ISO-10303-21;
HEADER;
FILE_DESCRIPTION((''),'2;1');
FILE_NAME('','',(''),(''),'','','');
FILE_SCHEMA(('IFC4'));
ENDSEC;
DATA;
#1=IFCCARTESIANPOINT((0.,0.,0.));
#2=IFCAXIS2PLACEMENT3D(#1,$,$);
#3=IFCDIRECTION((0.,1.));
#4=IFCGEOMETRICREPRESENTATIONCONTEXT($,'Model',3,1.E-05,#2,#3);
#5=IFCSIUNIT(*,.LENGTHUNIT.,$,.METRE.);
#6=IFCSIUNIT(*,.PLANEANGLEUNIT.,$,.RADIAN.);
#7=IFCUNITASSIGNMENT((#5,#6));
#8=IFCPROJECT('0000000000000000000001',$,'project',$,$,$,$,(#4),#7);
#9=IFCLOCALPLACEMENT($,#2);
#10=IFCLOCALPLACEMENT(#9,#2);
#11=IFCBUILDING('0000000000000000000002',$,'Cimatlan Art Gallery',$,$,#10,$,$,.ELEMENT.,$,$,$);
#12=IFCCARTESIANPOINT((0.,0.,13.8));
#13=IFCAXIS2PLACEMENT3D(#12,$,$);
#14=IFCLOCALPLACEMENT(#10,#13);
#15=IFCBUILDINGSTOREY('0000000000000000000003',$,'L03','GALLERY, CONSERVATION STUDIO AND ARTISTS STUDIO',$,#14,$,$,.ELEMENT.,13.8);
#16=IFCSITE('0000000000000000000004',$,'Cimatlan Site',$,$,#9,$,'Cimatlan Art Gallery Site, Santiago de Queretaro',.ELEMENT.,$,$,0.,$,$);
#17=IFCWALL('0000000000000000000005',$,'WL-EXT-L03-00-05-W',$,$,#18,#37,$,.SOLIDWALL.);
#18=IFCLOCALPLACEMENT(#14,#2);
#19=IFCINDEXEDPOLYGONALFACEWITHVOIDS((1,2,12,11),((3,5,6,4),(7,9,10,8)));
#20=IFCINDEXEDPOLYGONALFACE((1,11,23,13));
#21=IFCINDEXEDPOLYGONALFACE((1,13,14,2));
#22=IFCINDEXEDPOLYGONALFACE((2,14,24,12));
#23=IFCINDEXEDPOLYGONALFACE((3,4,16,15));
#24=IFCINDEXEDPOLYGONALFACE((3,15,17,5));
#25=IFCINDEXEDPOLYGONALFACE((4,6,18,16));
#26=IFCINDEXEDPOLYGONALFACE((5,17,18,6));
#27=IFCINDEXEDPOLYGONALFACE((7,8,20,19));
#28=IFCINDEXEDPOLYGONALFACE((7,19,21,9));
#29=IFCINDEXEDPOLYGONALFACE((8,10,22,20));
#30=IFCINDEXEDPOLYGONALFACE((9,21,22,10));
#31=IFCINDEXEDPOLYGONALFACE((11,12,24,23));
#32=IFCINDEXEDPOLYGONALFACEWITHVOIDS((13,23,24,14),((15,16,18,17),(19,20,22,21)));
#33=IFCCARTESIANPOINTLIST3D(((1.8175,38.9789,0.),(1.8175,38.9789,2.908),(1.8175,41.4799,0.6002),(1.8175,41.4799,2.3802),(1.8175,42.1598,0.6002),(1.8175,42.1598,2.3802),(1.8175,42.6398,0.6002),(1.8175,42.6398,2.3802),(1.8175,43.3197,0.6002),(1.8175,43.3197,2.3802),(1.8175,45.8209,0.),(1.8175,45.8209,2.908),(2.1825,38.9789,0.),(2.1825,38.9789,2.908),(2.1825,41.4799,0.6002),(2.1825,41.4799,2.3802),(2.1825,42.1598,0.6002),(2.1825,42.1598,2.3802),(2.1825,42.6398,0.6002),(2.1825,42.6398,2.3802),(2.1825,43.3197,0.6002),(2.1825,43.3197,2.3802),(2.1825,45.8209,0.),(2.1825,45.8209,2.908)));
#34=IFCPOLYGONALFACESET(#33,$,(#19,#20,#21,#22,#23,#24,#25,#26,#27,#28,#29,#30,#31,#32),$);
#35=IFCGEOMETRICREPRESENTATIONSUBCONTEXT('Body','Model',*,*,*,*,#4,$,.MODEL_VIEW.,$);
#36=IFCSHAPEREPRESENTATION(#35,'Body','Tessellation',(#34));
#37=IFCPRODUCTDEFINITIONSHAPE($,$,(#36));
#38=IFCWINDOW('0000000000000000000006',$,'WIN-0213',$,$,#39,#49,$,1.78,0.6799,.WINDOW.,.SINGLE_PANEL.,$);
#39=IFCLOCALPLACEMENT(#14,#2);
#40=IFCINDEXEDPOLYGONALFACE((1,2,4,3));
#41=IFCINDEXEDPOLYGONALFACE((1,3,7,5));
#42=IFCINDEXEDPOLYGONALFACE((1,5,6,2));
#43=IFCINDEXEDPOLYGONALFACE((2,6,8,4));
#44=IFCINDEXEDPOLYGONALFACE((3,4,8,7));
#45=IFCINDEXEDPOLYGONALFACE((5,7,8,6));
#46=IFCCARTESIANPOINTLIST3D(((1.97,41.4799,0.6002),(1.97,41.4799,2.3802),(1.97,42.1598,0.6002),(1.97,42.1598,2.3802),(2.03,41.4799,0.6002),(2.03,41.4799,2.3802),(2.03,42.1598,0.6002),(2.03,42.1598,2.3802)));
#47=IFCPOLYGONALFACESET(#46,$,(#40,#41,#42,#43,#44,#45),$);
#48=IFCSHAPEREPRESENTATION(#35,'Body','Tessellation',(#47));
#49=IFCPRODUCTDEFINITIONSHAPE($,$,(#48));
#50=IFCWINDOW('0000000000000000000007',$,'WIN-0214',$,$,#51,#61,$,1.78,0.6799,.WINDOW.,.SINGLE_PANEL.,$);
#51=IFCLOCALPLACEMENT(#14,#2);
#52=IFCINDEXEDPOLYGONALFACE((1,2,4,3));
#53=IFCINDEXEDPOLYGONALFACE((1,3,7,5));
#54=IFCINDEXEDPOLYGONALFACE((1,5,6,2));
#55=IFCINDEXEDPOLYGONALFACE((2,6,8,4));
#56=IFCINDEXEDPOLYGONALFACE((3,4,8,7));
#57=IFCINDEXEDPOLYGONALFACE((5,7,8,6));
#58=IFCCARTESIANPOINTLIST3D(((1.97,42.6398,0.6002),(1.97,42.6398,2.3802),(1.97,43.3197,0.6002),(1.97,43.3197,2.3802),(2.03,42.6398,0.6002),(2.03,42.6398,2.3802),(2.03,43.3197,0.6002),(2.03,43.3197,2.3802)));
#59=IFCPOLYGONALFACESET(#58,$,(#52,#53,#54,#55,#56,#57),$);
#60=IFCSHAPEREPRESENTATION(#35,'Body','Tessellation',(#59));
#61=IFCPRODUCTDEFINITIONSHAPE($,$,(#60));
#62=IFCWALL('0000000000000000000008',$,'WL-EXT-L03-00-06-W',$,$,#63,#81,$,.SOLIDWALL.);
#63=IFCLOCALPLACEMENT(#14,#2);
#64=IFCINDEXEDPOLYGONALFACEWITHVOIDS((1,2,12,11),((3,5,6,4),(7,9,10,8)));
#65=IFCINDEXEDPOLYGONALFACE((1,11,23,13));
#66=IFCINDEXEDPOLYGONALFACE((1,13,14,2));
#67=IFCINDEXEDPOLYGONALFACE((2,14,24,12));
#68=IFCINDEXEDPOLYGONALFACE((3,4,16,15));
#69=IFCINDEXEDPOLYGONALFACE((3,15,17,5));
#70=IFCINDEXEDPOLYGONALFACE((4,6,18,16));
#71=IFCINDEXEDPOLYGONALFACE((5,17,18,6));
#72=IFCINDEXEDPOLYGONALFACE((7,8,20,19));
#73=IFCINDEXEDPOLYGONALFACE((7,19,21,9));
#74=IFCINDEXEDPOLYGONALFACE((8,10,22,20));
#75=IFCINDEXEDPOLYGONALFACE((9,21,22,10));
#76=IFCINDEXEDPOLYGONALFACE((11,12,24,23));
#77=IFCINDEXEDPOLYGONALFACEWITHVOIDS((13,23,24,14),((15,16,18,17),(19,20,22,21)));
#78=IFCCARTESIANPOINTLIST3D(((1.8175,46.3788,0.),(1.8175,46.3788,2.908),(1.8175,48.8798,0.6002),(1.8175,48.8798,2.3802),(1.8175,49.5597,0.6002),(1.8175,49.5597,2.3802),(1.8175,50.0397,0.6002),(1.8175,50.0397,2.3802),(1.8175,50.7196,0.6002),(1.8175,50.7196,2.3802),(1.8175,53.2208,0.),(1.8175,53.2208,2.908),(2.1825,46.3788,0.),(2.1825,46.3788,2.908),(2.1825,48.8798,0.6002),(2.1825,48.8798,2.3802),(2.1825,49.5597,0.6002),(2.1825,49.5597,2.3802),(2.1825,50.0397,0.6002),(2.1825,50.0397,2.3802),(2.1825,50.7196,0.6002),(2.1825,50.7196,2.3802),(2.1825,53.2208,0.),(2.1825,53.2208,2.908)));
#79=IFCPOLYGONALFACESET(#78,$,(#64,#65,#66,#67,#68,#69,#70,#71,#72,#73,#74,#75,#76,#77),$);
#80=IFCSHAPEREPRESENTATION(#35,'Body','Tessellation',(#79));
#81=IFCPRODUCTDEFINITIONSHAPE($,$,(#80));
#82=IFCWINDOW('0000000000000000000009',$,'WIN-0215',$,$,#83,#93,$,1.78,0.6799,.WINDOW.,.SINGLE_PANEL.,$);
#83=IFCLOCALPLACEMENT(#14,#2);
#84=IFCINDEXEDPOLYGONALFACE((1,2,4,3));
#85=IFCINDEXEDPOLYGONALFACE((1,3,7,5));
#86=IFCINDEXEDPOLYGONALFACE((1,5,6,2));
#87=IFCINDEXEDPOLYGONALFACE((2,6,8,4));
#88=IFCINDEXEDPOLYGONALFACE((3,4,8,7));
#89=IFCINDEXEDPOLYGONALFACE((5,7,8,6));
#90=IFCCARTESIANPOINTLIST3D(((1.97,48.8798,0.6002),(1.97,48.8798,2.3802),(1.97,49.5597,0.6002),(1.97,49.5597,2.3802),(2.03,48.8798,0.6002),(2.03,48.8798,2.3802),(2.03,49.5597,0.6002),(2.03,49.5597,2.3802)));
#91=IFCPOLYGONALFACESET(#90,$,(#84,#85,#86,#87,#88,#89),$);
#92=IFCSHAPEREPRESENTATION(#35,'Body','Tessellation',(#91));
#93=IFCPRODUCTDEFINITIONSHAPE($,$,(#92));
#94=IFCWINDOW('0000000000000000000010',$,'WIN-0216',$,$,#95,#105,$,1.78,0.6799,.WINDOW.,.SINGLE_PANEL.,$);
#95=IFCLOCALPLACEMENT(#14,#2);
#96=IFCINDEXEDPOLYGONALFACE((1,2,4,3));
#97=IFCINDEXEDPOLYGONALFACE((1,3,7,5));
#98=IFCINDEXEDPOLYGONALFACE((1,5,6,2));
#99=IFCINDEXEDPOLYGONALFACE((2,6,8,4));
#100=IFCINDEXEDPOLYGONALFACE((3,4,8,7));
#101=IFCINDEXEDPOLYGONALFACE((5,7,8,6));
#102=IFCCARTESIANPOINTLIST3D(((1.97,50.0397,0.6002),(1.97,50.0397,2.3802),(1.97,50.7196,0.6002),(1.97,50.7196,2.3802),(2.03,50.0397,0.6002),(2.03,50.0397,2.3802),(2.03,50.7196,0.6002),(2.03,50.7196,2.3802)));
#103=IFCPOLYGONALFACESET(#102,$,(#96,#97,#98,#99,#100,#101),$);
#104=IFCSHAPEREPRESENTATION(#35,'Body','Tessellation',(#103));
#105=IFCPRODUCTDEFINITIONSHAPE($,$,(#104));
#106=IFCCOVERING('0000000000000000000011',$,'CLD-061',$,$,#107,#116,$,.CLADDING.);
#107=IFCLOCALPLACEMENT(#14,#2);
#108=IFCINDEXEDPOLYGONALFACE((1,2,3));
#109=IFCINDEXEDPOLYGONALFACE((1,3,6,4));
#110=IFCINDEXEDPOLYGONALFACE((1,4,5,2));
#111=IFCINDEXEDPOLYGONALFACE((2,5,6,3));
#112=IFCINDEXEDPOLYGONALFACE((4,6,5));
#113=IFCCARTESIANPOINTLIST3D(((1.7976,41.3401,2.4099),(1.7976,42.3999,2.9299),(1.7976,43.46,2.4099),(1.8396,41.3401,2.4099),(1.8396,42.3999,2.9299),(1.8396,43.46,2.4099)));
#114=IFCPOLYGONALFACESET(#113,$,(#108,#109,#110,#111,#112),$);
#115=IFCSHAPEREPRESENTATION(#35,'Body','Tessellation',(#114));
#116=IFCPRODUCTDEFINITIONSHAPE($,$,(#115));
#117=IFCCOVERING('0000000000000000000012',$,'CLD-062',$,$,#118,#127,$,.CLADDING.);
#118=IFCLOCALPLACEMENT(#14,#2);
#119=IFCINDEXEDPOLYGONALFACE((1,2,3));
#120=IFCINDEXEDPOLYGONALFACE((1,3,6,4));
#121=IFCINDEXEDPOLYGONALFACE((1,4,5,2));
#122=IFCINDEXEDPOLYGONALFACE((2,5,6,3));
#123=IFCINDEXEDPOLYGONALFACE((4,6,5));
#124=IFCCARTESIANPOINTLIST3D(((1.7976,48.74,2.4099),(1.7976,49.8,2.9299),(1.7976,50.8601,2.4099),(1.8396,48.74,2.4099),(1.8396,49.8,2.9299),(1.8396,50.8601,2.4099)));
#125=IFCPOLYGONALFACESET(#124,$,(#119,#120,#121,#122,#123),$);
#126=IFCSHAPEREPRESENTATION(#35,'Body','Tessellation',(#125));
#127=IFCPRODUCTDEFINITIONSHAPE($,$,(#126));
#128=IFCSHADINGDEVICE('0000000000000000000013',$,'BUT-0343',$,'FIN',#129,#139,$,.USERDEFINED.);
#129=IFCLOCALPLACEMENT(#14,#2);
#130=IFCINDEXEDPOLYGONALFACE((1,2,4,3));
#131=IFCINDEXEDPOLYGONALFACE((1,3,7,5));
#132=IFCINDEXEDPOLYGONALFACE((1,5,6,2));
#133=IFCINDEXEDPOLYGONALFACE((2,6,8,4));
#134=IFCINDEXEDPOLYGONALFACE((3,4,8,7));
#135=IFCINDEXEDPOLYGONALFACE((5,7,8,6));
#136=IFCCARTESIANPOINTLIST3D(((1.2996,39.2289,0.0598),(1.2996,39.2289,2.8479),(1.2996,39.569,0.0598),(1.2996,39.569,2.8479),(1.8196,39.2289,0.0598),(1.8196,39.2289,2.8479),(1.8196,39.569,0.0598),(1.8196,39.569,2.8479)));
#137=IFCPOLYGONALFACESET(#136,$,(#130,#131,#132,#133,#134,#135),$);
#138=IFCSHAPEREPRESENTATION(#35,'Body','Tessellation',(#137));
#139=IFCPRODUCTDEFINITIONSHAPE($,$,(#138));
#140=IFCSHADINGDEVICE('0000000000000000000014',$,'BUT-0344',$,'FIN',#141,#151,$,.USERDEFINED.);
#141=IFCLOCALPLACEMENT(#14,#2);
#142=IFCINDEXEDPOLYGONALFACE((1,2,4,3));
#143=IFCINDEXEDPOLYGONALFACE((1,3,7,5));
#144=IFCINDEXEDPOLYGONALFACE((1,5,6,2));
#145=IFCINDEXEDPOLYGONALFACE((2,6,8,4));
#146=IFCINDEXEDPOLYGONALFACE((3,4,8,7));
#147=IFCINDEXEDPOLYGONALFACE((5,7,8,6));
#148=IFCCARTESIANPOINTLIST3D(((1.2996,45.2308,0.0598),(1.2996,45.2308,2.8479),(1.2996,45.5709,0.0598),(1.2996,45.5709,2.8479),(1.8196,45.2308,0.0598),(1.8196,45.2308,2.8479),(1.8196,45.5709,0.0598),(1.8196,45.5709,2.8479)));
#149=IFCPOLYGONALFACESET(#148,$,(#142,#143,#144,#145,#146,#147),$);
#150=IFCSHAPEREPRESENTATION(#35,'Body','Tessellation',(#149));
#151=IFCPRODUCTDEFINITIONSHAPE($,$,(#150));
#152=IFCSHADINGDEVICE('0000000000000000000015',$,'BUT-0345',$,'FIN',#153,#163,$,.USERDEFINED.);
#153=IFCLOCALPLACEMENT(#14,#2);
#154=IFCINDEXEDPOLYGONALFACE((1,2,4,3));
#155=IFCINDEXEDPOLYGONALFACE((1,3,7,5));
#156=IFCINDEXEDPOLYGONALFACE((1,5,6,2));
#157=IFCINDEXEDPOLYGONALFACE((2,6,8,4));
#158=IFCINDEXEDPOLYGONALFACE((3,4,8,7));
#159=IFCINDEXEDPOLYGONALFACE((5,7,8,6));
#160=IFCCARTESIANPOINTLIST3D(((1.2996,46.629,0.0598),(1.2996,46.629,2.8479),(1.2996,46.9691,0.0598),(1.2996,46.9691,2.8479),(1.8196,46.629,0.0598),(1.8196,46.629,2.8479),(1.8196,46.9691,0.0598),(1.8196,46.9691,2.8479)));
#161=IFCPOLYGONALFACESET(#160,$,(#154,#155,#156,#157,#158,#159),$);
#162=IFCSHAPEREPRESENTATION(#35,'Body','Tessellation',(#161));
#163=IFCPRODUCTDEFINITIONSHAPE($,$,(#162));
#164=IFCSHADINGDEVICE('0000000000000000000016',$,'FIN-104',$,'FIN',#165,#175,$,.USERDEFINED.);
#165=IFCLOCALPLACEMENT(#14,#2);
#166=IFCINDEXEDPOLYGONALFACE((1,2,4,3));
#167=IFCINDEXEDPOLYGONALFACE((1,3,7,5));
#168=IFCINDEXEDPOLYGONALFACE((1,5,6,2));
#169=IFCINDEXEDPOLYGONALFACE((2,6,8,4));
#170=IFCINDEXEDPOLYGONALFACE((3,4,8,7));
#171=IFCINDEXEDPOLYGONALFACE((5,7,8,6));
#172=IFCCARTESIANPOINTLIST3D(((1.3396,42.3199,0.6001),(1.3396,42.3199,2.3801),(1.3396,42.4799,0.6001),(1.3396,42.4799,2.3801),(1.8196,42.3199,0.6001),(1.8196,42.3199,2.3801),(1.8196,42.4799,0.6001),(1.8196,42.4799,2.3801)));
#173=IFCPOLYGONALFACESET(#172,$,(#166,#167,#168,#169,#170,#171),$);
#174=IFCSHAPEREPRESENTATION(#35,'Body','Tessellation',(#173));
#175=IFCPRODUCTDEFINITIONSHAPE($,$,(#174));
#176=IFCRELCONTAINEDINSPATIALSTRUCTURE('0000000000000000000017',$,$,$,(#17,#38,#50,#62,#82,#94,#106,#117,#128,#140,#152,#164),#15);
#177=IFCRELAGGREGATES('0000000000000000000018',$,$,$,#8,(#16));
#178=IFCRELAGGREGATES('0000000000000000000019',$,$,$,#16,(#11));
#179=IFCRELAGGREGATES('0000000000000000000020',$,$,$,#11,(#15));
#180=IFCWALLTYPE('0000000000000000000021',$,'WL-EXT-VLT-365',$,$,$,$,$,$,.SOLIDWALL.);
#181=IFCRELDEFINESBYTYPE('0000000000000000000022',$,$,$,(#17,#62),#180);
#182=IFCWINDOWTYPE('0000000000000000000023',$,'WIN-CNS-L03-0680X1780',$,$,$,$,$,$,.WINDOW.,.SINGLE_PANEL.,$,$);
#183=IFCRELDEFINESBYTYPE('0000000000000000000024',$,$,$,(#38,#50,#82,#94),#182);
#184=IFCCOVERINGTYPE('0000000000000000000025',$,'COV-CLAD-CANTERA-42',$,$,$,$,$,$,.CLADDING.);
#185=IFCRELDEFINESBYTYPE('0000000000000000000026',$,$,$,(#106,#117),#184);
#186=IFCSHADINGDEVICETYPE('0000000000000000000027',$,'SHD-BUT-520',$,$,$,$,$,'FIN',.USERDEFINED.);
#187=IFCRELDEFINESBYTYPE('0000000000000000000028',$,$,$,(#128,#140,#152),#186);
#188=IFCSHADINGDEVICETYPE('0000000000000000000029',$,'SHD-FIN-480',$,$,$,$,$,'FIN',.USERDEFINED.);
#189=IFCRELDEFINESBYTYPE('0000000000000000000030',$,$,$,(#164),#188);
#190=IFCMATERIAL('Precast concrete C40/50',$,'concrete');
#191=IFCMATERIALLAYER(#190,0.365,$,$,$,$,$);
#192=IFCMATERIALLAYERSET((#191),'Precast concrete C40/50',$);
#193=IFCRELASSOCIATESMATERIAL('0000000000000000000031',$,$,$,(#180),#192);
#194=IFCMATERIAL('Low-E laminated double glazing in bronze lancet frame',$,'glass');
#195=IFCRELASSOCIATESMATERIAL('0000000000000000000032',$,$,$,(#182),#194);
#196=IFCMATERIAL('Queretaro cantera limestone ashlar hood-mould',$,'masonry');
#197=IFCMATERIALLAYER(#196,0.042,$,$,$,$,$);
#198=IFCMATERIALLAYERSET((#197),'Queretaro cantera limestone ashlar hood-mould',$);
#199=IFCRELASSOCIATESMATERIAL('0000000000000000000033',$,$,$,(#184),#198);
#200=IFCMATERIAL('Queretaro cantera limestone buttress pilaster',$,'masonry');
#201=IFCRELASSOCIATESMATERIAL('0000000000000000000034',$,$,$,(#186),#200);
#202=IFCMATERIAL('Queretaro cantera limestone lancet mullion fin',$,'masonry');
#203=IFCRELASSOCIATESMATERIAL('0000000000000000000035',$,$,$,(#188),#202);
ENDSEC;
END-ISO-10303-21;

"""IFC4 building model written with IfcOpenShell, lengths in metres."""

from ifc_helpers import new_model, si_unit, direction, frame, frame_2d, origin, origin_2d, place, context, subcontext, project, spatial, polyline, rectangle, outline, extrude, material, layer, layer_set, type_object, element, fill, save


model = new_model("IFC4")

# Units and contexts
model_context = context("Model", 3, precision=1e-05, world=origin(), true_north=direction((0.0, 1.0)))
body_context = subcontext(model_context, "Body", "Model", "MODEL_VIEW")
ifc_project = project(units=[si_unit("LENGTHUNIT", "METRE"), si_unit("PLANEANGLEUNIT", "RADIAN")], contexts=[model_context])

# Site, building, storey
site_placement = place(None, origin())
site = spatial("IfcSite", under=ifc_project, at=site_placement, Name="Cimatlan Site", LongName="Cimatlan Art Gallery Site, Santiago de Queretaro", CompositionType="ELEMENT", RefElevation=0.0)
building_placement = place(site_placement, origin())
building = spatial("IfcBuilding", under=site, at=building_placement, Name="Cimatlan Art Gallery", CompositionType="ELEMENT")
storey_placement = place(building_placement, frame((0.0, 0.0, 13.8)))
storey = spatial("IfcBuildingStorey", under=building, at=storey_placement, Name="L03", Description="GALLERY, CONSERVATION STUDIO AND ARTISTS STUDIO", CompositionType="ELEMENT", Elevation=13.8)

# Walls, openings, windows
ifc_material_1 = material(Name="Precast concrete C40/50", Category="concrete")
ifc_layer_1 = layer(ifc_material_1, 0.365)
ifc_layer_set_1 = layer_set([ifc_layer_1], Name="Precast concrete C40/50")
wall_type_1 = type_object("IfcWallType", Name="WL-EXT-VLT-365", PredefinedType="SOLIDWALL", material=ifc_layer_set_1)
wall_1_placement = place(storey_placement, frame((2.0, 38.979, 0.0), z_axis=(0.0, 0.0, 1.0), x_axis=(0.0, 1.0, 0.0)))
wall_1 = element("IfcWall", 1, at=wall_1_placement, inside=storey, type_object=wall_type_1, Name="WL-EXT-L03-00-05-W", PredefinedType="SOLIDWALL", context=body_context, shape_type="SweptSolid", body=[
    extrude(rectangle(XDim=6.842, YDim=0.365, at=frame_2d((3.4209, 0.0))), origin(), (0.0, 0.0, 1.0), 2.908),
])
opening_1_placement = place(wall_1_placement, frame((2.501, 0.0, 0.6001)))
opening_1 = element("IfcOpeningElement", 2, at=opening_1_placement, cuts=wall_1, PredefinedType="OPENING", context=body_context, shape_type="SweptSolid", body=[
    extrude(rectangle(XDim=0.6799, YDim=1.78, at=frame_2d((0.3398, 0.8901))), frame((0.0, 0.1924, 0.0), z_axis=(0.0, -1.0, 0.0), x_axis=(1.0, 0.0, 0.0)), (0.0, 0.0, 1.0), 0.385),
])
opening_2_placement = place(wall_1_placement, frame((3.6609, 0.0, 0.6001)))
opening_2 = element("IfcOpeningElement", 3, at=opening_2_placement, cuts=wall_1, PredefinedType="OPENING", context=body_context, shape_type="SweptSolid", body=[
    extrude(rectangle(XDim=0.6799, YDim=1.78, at=frame_2d((0.3398, 0.8901))), frame((0.0, 0.1924, 0.0), z_axis=(0.0, -1.0, 0.0), x_axis=(1.0, 0.0, 0.0)), (0.0, 0.0, 1.0), 0.385),
])
ifc_material_2 = material(Name="Low-E laminated double glazing in bronze lancet frame", Category="glass")
window_type = type_object("IfcWindowType", Name="WIN-CNS-L03-0680X1780", PartitioningType="SINGLE_PANEL", PredefinedType="WINDOW", material=ifc_material_2)
window_1_placement = place(opening_1_placement, origin())
window_1 = element("IfcWindow", 4, at=window_1_placement, inside=storey, type_object=window_type, Name="WIN-0213", OverallHeight=1.78, OverallWidth=0.6799, PartitioningType="SINGLE_PANEL", PredefinedType="WINDOW", context=body_context, shape_type="SweptSolid", body=[
    extrude(rectangle(XDim=0.6799, YDim=1.78, at=frame_2d((0.3398, 0.8901))), frame((0.0, 0.03, 0.0), z_axis=(0.0, -1.0, 0.0), x_axis=(1.0, 0.0, 0.0)), (0.0, 0.0, 1.0), 0.0601),
])
fill(opening_1, window_1)
window_2_placement = place(opening_2_placement, origin())
window_2 = element("IfcWindow", 5, at=window_2_placement, inside=storey, type_object=window_type, Name="WIN-0214", OverallHeight=1.78, OverallWidth=0.6799, PartitioningType="SINGLE_PANEL", PredefinedType="WINDOW", context=body_context, shape_type="SweptSolid", body=[
    extrude(rectangle(XDim=0.6799, YDim=1.78, at=frame_2d((0.3398, 0.8901))), frame((0.0, 0.03, 0.0), z_axis=(0.0, -1.0, 0.0), x_axis=(1.0, 0.0, 0.0)), (0.0, 0.0, 1.0), 0.0601),
])
fill(opening_2, window_2)
wall_2_placement = place(storey_placement, frame((2.0, 46.3789, 0.0), z_axis=(0.0, 0.0, 1.0), x_axis=(0.0, 1.0, 0.0)))
wall_2 = element("IfcWall", 6, at=wall_2_placement, inside=storey, type_object=wall_type_1, Name="WL-EXT-L03-00-06-W", PredefinedType="SOLIDWALL", context=body_context, shape_type="SweptSolid", body=[
    extrude(rectangle(XDim=6.842, YDim=0.365, at=frame_2d((3.4209, 0.0))), origin(), (0.0, 0.0, 1.0), 2.908),
])
opening_3_placement = place(wall_2_placement, frame((2.501, 0.0, 0.6001)))
opening_3 = element("IfcOpeningElement", 7, at=opening_3_placement, cuts=wall_2, PredefinedType="OPENING", context=body_context, shape_type="SweptSolid", body=[
    extrude(rectangle(XDim=0.6799, YDim=1.78, at=frame_2d((0.3398, 0.8901))), frame((0.0, 0.1924, 0.0), z_axis=(0.0, -1.0, 0.0), x_axis=(1.0, 0.0, 0.0)), (0.0, 0.0, 1.0), 0.385),
])
opening_4_placement = place(wall_2_placement, frame((3.6609, 0.0, 0.6001)))
opening_4 = element("IfcOpeningElement", 8, at=opening_4_placement, cuts=wall_2, PredefinedType="OPENING", context=body_context, shape_type="SweptSolid", body=[
    extrude(rectangle(XDim=0.6799, YDim=1.78, at=frame_2d((0.3398, 0.8901))), frame((0.0, 0.1924, 0.0), z_axis=(0.0, -1.0, 0.0), x_axis=(1.0, 0.0, 0.0)), (0.0, 0.0, 1.0), 0.385),
])
window_3_placement = place(opening_3_placement, origin())
window_3 = element("IfcWindow", 9, at=window_3_placement, inside=storey, type_object=window_type, Name="WIN-0215", OverallHeight=1.78, OverallWidth=0.6799, PartitioningType="SINGLE_PANEL", PredefinedType="WINDOW", context=body_context, shape_type="SweptSolid", body=[
    extrude(rectangle(XDim=0.6799, YDim=1.78, at=frame_2d((0.3398, 0.8901))), frame((0.0, 0.03, 0.0), z_axis=(0.0, -1.0, 0.0), x_axis=(1.0, 0.0, 0.0)), (0.0, 0.0, 1.0), 0.0601),
])
fill(opening_3, window_3)
window_4_placement = place(opening_4_placement, origin())
window_4 = element("IfcWindow", 10, at=window_4_placement, inside=storey, type_object=window_type, Name="WIN-0216", OverallHeight=1.78, OverallWidth=0.6799, PartitioningType="SINGLE_PANEL", PredefinedType="WINDOW", context=body_context, shape_type="SweptSolid", body=[
    extrude(rectangle(XDim=0.6799, YDim=1.78, at=frame_2d((0.3398, 0.8901))), frame((0.0, 0.03, 0.0), z_axis=(0.0, -1.0, 0.0), x_axis=(1.0, 0.0, 0.0)), (0.0, 0.0, 1.0), 0.0601),
])
fill(opening_4, window_4)

# Coverings
ifc_material_3 = material(Name="Queretaro cantera limestone ashlar hood-mould", Category="masonry")
ifc_layer_2 = layer(ifc_material_3, 0.042)
ifc_layer_set_2 = layer_set([ifc_layer_2], Name="Queretaro cantera limestone ashlar hood-mould")
covering_type = type_object("IfcCoveringType", Name="COV-CLAD-CANTERA-42", PredefinedType="CLADDING", material=ifc_layer_set_2)
covering_1_placement = place(storey_placement, frame((1.8396, 41.3401, 2.4099), z_axis=(1.0, 0.0, 0.0), x_axis=(0.0, 1.0, 0.0)))
element("IfcCovering", 11, at=covering_1_placement, inside=storey, type_object=covering_type, Name="CLD-061", PredefinedType="CLADDING", context=body_context, shape_type="SweptSolid", body=[
    extrude(outline(polyline([(0.0, 0.0), (2.1199, 0.0), (1.0598, 0.52), (0.0, 0.0)])), origin(), (0.0, 0.0, -1.0), 0.042),
])
covering_2_placement = place(storey_placement, frame((1.8396, 48.74, 2.4099), z_axis=(1.0, 0.0, 0.0), x_axis=(0.0, 1.0, 0.0)))
element("IfcCovering", 12, at=covering_2_placement, inside=storey, type_object=covering_type, Name="CLD-062", PredefinedType="CLADDING", context=body_context, shape_type="SweptSolid", body=[
    extrude(outline(polyline([(0.0, 0.0), (2.1201, 0.0), (1.0601, 0.52), (0.0, 0.0)])), origin(), (0.0, 0.0, -1.0), 0.042),
])

# Shading devices
ifc_material_4 = material(Name="Queretaro cantera limestone buttress pilaster", Category="masonry")
shading_device_type_1 = type_object("IfcShadingDeviceType", Name="SHD-BUT-520", ElementType="FIN", PredefinedType="USERDEFINED", material=ifc_material_4)
for number, where, z_axis, x_axis, name in (
    (13, (1.5596, 39.3989, 0.0598), (0.0, 0.0, 1.0), (0.0, 1.0, 0.0), "BUT-0343"),
    (14, (1.5596, 45.4009, 0.0598), (0.0, 0.0, 1.0), (0.0, 1.0, 0.0), "BUT-0344"),
    (15, (1.5596, 46.7991, 0.0598), (0.0, 0.0, 1.0), (0.0, 1.0, 0.0), "BUT-0345"),
):
    element("IfcShadingDevice", number, at=place(storey_placement, frame(where, z_axis=z_axis, x_axis=x_axis)), inside=storey, type_object=shading_device_type_1, Name=name, ObjectType="FIN", PredefinedType="USERDEFINED", context=body_context, shape_type="SweptSolid", body=[
        extrude(rectangle(XDim=0.3401, YDim=0.52, at=origin_2d()), origin(), (0.0, 0.0, 1.0), 2.7881),
    ])
ifc_material_5 = material(Name="Queretaro cantera limestone lancet mullion fin", Category="masonry")
shading_device_type_2 = type_object("IfcShadingDeviceType", Name="SHD-FIN-480", ElementType="FIN", PredefinedType="USERDEFINED", material=ifc_material_5)
for number, where, z_axis, x_axis, name in (
    (16, (1.5796, 42.3999, 0.6001), (0.0, 0.0, 1.0), (0.0, 1.0, 0.0), "FIN-104"),
):
    element("IfcShadingDevice", number, at=place(storey_placement, frame(where, z_axis=z_axis, x_axis=x_axis)), inside=storey, type_object=shading_device_type_2, Name=name, ObjectType="FIN", PredefinedType="USERDEFINED", context=body_context, shape_type="SweptSolid", body=[
        extrude(rectangle(XDim=0.1599, YDim=0.48, at=origin_2d()), origin(), (0.0, 0.0, 1.0), 1.78),
    ])

save(model, "model.ifc")
